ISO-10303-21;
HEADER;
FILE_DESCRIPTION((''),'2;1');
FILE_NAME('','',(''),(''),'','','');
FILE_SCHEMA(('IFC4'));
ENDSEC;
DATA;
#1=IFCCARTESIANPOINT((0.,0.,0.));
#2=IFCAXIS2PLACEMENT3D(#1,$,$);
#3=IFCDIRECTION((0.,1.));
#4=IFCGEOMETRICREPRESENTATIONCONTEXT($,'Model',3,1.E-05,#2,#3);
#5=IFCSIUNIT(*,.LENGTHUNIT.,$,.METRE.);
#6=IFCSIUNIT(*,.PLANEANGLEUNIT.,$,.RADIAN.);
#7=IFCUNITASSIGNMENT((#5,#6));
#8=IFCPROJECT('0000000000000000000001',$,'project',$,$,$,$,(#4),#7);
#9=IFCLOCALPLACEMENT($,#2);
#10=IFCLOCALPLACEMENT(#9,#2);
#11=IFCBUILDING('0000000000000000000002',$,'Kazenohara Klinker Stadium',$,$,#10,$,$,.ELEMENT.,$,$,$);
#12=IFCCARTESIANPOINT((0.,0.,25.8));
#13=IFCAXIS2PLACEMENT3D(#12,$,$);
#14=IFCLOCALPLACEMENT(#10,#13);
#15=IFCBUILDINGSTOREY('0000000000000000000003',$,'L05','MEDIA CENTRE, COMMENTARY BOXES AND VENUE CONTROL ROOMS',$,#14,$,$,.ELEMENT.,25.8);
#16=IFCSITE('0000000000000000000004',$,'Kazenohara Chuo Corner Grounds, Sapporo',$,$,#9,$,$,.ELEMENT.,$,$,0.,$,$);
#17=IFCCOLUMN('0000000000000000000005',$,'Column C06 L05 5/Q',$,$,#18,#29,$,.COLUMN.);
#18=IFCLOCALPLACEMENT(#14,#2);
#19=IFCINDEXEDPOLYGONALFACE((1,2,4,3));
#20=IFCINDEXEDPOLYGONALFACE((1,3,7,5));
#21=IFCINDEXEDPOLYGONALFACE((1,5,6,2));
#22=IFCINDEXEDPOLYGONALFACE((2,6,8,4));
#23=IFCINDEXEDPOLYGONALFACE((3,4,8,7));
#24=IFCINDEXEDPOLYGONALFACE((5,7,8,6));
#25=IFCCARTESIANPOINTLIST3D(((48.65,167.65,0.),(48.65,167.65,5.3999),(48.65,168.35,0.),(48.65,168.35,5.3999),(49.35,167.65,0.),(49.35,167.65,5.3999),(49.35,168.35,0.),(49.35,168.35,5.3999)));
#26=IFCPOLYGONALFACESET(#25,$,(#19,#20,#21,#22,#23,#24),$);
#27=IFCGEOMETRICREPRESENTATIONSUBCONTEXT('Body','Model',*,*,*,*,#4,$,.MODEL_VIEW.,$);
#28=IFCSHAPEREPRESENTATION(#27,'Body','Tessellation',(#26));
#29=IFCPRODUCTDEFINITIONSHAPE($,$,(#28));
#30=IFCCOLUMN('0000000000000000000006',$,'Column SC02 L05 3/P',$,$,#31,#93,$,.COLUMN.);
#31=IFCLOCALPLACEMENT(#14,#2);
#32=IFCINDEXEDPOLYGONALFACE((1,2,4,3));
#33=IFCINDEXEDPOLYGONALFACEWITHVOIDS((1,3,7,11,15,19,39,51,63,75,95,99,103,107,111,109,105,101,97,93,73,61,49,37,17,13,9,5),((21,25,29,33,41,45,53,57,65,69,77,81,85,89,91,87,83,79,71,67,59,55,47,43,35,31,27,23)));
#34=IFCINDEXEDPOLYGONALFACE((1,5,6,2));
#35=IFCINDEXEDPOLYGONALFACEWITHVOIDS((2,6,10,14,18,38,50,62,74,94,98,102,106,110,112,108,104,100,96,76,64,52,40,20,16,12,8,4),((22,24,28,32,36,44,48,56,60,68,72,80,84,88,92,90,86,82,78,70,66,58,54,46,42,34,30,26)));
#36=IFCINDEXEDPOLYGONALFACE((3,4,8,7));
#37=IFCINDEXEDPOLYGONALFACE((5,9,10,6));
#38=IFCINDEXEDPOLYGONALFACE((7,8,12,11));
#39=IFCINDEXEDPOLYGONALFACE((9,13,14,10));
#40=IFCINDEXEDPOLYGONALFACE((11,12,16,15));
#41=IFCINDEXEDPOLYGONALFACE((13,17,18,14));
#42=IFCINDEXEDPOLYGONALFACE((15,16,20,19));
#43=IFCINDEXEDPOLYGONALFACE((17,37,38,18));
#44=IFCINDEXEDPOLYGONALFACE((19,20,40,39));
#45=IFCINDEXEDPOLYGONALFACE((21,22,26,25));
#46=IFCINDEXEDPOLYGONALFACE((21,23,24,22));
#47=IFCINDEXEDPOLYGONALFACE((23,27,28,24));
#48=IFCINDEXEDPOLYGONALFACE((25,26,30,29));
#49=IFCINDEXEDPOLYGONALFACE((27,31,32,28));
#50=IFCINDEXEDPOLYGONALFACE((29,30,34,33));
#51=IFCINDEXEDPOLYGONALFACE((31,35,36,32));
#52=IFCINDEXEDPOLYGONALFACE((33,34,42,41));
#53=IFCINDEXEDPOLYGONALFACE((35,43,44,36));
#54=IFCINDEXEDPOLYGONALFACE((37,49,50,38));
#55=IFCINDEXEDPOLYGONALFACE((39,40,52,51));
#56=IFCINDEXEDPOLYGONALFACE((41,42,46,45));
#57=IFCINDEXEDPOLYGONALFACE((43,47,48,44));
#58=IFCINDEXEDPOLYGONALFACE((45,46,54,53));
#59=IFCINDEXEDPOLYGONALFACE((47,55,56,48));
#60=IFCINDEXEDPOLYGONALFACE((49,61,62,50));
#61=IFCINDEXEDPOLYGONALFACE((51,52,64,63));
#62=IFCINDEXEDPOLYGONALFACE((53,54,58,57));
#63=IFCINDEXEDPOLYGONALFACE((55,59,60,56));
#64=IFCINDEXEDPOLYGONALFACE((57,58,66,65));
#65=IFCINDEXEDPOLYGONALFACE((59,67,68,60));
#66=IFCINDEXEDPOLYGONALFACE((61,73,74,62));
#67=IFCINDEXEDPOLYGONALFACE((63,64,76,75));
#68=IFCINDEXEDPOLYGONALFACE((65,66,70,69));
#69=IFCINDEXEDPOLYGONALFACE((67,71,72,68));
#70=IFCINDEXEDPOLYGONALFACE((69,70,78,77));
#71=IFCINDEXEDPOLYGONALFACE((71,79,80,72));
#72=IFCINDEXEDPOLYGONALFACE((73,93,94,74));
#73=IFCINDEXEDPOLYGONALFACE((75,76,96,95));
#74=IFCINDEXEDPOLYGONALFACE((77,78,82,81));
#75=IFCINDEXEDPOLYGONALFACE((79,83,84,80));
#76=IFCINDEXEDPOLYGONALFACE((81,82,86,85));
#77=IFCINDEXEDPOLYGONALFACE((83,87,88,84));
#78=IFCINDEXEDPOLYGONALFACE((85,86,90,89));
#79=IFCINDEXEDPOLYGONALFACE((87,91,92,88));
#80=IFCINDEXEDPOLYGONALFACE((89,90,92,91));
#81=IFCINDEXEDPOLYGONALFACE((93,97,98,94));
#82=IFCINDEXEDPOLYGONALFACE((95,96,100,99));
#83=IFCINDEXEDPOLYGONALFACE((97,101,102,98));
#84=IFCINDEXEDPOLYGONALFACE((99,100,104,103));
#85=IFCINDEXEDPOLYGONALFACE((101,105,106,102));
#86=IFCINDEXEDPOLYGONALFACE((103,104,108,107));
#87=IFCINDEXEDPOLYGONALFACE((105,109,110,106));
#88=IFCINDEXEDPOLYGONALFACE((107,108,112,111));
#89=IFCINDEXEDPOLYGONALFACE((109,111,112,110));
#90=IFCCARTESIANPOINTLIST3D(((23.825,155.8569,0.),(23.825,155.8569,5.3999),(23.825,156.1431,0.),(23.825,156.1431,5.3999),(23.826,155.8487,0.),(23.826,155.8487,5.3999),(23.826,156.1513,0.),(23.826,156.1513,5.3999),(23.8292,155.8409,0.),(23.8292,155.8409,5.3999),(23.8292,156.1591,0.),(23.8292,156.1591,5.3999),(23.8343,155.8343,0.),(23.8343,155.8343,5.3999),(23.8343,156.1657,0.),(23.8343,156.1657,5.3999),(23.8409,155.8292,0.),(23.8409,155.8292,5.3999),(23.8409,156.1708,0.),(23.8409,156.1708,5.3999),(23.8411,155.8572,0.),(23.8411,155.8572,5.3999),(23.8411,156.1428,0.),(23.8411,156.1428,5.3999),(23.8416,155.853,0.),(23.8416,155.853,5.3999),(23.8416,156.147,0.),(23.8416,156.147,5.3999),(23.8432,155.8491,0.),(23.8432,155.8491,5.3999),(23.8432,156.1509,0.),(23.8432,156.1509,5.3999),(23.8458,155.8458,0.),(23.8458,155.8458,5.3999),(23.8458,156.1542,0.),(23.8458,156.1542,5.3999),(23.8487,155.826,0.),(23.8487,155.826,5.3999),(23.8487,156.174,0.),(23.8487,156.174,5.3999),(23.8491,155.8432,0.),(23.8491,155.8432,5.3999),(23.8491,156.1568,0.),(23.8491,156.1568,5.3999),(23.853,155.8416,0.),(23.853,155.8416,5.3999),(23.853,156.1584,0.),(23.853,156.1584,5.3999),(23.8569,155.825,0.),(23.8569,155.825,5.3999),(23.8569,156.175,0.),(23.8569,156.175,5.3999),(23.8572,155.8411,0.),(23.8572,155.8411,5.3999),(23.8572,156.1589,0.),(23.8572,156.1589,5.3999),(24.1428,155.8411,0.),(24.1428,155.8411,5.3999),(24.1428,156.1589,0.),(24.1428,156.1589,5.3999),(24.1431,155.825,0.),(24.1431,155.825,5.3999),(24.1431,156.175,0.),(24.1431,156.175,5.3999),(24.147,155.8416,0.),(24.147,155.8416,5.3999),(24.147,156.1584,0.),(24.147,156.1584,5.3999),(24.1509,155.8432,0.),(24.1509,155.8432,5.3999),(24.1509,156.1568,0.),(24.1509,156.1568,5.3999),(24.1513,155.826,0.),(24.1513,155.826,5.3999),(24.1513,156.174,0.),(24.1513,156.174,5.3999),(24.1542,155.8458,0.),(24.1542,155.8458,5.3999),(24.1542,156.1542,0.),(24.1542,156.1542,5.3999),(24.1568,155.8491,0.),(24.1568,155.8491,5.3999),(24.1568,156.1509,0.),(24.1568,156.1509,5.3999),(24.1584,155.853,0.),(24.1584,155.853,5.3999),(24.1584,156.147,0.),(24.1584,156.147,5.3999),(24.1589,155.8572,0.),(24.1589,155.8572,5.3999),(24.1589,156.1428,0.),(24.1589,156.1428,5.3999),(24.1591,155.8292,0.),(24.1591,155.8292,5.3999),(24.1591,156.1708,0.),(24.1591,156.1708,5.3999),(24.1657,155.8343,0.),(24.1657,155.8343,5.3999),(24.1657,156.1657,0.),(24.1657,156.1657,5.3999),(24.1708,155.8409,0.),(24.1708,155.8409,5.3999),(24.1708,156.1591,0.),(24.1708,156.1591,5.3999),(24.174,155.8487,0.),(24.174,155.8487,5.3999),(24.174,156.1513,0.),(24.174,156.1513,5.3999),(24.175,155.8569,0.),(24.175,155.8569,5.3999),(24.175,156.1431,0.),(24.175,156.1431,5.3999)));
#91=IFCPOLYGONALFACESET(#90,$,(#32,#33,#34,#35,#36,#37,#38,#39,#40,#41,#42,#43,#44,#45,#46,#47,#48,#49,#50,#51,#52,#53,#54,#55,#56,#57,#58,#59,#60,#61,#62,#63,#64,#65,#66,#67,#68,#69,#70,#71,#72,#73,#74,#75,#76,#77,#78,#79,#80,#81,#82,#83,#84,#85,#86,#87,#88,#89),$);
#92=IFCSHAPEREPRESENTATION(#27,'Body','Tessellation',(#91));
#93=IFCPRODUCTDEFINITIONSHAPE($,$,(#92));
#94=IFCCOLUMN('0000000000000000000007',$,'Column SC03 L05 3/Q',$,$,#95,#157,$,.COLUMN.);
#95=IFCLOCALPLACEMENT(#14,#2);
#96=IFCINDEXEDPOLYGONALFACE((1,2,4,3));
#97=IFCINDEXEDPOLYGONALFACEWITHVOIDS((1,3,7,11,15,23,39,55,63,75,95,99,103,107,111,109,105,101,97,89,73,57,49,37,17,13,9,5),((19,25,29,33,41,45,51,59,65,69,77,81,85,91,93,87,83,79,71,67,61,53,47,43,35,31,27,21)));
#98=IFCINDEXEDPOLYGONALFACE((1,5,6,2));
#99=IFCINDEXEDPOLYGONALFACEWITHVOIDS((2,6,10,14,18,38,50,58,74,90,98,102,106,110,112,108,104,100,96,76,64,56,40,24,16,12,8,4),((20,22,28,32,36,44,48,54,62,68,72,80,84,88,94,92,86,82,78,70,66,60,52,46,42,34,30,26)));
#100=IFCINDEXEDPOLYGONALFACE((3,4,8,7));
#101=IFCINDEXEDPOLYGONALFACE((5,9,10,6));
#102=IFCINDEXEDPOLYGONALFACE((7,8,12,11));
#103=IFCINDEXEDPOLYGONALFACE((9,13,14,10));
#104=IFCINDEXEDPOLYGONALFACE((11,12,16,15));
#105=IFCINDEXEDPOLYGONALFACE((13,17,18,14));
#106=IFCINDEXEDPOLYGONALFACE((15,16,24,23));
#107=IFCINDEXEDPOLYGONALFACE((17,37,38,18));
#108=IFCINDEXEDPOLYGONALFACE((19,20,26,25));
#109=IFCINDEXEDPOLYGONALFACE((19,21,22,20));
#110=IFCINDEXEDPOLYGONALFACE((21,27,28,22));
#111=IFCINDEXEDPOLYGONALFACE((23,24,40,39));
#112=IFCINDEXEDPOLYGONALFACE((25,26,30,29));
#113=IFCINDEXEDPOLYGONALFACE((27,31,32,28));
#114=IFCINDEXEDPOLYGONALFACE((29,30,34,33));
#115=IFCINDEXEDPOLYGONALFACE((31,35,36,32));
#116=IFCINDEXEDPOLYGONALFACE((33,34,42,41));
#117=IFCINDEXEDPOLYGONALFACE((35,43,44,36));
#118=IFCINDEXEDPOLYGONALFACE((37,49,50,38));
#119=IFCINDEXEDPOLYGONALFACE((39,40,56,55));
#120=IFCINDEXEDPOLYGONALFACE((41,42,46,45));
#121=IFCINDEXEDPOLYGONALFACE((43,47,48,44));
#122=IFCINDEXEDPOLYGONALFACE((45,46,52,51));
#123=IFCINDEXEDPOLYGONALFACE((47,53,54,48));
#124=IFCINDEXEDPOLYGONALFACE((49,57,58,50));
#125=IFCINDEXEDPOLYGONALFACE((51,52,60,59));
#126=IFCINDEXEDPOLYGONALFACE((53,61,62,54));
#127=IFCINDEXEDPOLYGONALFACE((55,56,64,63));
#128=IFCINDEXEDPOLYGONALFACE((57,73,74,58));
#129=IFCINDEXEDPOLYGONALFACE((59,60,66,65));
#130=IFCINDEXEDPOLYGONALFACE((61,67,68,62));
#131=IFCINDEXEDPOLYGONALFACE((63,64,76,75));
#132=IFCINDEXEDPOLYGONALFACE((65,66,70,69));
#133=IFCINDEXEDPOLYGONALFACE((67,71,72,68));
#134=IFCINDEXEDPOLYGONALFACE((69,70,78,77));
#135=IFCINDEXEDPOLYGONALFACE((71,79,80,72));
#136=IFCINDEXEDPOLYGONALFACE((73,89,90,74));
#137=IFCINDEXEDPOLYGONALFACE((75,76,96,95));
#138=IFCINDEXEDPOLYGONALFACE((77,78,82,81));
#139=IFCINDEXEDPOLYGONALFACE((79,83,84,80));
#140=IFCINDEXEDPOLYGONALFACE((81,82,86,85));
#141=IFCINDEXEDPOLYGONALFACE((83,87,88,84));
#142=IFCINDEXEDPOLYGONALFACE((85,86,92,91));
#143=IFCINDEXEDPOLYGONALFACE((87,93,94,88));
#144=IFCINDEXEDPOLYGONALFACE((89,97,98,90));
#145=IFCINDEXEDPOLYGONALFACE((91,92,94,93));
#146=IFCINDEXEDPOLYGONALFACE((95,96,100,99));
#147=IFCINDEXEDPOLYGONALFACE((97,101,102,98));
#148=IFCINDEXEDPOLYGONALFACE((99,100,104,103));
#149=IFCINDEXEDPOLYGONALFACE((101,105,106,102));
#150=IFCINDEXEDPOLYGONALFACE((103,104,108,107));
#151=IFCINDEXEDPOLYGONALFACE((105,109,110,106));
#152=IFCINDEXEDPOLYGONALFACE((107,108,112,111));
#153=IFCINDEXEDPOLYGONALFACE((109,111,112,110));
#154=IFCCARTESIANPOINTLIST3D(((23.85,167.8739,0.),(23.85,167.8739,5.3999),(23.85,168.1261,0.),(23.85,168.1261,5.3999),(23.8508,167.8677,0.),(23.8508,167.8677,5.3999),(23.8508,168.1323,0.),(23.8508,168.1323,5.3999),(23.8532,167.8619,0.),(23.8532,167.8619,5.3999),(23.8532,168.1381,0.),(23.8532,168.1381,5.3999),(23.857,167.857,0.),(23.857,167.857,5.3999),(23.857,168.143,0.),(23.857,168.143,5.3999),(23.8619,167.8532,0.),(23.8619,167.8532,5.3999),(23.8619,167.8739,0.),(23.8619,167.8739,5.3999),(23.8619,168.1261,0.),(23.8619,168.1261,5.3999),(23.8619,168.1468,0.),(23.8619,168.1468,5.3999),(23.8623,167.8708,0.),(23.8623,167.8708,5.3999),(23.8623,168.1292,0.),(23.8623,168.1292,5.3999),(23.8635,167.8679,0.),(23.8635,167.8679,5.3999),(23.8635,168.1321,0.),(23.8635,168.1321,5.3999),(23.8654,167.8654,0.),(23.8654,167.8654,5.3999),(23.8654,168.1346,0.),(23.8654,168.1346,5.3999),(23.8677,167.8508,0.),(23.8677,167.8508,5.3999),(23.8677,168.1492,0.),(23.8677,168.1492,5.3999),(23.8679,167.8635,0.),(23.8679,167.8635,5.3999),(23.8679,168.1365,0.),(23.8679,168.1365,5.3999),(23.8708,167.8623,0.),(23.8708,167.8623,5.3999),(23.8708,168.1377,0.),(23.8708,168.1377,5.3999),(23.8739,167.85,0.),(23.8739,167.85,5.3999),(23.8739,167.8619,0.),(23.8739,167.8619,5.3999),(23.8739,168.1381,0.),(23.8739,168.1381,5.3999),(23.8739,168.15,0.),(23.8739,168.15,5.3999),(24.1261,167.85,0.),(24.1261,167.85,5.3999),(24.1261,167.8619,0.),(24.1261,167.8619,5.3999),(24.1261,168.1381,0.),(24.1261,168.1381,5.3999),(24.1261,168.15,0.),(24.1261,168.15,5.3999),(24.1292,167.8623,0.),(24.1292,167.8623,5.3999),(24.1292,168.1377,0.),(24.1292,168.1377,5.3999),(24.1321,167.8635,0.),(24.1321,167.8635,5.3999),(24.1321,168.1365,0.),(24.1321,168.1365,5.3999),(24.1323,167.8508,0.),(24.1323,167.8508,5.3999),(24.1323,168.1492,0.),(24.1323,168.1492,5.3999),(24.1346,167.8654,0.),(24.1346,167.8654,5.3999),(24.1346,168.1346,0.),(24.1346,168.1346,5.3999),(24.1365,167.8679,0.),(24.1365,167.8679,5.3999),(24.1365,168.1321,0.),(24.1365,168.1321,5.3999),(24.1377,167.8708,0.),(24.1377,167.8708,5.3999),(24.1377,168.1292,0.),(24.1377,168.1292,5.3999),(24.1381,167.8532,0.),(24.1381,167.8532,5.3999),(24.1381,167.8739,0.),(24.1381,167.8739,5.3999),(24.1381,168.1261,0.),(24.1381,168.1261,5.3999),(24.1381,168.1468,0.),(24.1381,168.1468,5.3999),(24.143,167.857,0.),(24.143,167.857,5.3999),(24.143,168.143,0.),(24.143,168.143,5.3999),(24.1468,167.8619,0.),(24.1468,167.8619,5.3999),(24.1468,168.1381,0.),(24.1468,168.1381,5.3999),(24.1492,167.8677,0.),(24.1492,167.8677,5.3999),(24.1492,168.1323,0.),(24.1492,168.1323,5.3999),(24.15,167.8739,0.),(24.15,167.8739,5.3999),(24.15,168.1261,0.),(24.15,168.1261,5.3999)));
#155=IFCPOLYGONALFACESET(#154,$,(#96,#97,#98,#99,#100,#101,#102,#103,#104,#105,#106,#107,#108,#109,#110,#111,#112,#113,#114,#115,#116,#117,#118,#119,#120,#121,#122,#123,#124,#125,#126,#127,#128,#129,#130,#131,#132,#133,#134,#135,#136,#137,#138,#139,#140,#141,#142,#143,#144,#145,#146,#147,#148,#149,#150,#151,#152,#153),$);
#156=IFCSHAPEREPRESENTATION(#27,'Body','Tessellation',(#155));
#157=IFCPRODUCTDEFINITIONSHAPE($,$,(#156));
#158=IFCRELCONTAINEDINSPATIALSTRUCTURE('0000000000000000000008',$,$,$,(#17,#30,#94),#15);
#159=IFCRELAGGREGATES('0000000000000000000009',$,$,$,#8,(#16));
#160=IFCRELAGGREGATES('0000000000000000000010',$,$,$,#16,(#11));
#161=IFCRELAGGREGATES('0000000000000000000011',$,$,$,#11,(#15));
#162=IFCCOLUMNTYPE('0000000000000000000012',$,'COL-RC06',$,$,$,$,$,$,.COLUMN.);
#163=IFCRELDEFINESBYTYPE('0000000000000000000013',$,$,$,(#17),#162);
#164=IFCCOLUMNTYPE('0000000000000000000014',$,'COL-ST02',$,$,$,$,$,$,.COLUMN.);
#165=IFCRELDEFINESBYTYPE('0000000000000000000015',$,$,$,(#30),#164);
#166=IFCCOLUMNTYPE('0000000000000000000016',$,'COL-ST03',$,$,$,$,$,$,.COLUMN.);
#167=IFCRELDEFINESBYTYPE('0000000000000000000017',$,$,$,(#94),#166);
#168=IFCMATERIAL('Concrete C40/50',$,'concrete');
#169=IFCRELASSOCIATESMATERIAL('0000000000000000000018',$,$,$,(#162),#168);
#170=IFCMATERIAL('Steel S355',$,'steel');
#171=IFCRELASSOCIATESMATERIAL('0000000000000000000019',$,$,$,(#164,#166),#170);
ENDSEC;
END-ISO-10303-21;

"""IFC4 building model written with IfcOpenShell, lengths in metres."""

from ifc_helpers import new_model, si_unit, direction, frame, origin, origin_2d, place, context, subcontext, project, spatial, rectangle, hollow_rectangle, extrude, material, material_profile, profile_set, type_object, element, save


model = new_model("IFC4")

# Units and contexts
model_context = context("Model", 3, precision=1e-05, world=origin(), true_north=direction((0.0, 1.0)))
body_context = subcontext(model_context, "Body", "Model", "MODEL_VIEW")
ifc_project = project(units=[si_unit("LENGTHUNIT", "METRE"), si_unit("PLANEANGLEUNIT", "RADIAN")], contexts=[model_context])

# Site, building, storey
site_placement = place(None, origin())
site = spatial("IfcSite", under=ifc_project, at=site_placement, Name="Kazenohara Chuo Corner Grounds, Sapporo", CompositionType="ELEMENT", RefElevation=0.0)
building_placement = place(site_placement, origin())
building = spatial("IfcBuilding", under=site, at=building_placement, Name="Kazenohara Klinker Stadium", CompositionType="ELEMENT")
storey_placement = place(building_placement, frame((0.0, 0.0, 25.8)))
storey = spatial("IfcBuildingStorey", under=building, at=storey_placement, Name="L05", Description="MEDIA CENTRE, COMMENTARY BOXES AND VENUE CONTROL ROOMS", CompositionType="ELEMENT", Elevation=25.8)

# Columns
ifc_material_1 = material(Name="Concrete C40/50", Category="concrete")
ifc_material_profile_1 = material_profile(ifc_material_1, rectangle(XDim=0.7, YDim=0.7, at=origin_2d()), Name="RC-COL-700x700")
ifc_profile_set_1 = profile_set([ifc_material_profile_1], Name="Concrete C40/50")
column_type_1 = type_object("IfcColumnType", Name="COL-RC06", PredefinedType="COLUMN", material=ifc_profile_set_1)
column_1_placement = place(storey_placement, frame((49.0, 168.0, 0.0), z_axis=(0.0, 0.0, 1.0), x_axis=(1.0, 0.0, 0.0)))
element("IfcColumn", 1, at=column_1_placement, inside=storey, type_object=column_type_1, Name="Column C06 L05 5/Q", PredefinedType="COLUMN", context=body_context, shape_type="SweptSolid", body=[
    extrude(rectangle(XDim=0.7, YDim=0.7, at=origin_2d()), origin(), (0.0, 0.0, 1.0), 5.3999),
])
ifc_material_2 = material(Name="Steel S355", Category="steel")
ifc_material_profile_2 = material_profile(ifc_material_2, hollow_rectangle(XDim=0.3501, YDim=0.3501, WallThickness=0.0161, InnerFilletRadius=0.0161, OuterFilletRadius=0.032, at=origin_2d()), Name="SHS-350x350x16")
ifc_profile_set_2 = profile_set([ifc_material_profile_2], Name="Steel S355")
column_type_2 = type_object("IfcColumnType", Name="COL-ST02", PredefinedType="COLUMN", material=ifc_profile_set_2)
column_2_placement = place(storey_placement, frame((24.0, 156.0, 0.0), z_axis=(0.0, 0.0, 1.0), x_axis=(1.0, 0.0, 0.0)))
element("IfcColumn", 2, at=column_2_placement, inside=storey, type_object=column_type_2, Name="Column SC02 L05 3/P", PredefinedType="COLUMN", context=body_context, shape_type="SweptSolid", body=[
    extrude(hollow_rectangle(XDim=0.3501, YDim=0.3501, WallThickness=0.0161, InnerFilletRadius=0.0161, OuterFilletRadius=0.032, at=origin_2d()), origin(), (0.0, 0.0, 1.0), 5.3999),
])
ifc_material_profile_3 = material_profile(ifc_material_2, hollow_rectangle(XDim=0.3, YDim=0.3, WallThickness=0.012, InnerFilletRadius=0.012, OuterFilletRadius=0.0239, at=origin_2d()), Name="SHS-300x300x12")
ifc_profile_set_3 = profile_set([ifc_material_profile_3], Name="Steel S355")
column_type_3 = type_object("IfcColumnType", Name="COL-ST03", PredefinedType="COLUMN", material=ifc_profile_set_3)
column_3_placement = place(storey_placement, frame((24.0, 168.0, 0.0), z_axis=(0.0, 0.0, 1.0), x_axis=(1.0, 0.0, 0.0)))
element("IfcColumn", 3, at=column_3_placement, inside=storey, type_object=column_type_3, Name="Column SC03 L05 3/Q", PredefinedType="COLUMN", context=body_context, shape_type="SweptSolid", body=[
    extrude(hollow_rectangle(XDim=0.3, YDim=0.3, WallThickness=0.012, InnerFilletRadius=0.012, OuterFilletRadius=0.0239, at=origin_2d()), origin(), (0.0, 0.0, 1.0), 5.3999),
])

save(model, "model.ifc")
